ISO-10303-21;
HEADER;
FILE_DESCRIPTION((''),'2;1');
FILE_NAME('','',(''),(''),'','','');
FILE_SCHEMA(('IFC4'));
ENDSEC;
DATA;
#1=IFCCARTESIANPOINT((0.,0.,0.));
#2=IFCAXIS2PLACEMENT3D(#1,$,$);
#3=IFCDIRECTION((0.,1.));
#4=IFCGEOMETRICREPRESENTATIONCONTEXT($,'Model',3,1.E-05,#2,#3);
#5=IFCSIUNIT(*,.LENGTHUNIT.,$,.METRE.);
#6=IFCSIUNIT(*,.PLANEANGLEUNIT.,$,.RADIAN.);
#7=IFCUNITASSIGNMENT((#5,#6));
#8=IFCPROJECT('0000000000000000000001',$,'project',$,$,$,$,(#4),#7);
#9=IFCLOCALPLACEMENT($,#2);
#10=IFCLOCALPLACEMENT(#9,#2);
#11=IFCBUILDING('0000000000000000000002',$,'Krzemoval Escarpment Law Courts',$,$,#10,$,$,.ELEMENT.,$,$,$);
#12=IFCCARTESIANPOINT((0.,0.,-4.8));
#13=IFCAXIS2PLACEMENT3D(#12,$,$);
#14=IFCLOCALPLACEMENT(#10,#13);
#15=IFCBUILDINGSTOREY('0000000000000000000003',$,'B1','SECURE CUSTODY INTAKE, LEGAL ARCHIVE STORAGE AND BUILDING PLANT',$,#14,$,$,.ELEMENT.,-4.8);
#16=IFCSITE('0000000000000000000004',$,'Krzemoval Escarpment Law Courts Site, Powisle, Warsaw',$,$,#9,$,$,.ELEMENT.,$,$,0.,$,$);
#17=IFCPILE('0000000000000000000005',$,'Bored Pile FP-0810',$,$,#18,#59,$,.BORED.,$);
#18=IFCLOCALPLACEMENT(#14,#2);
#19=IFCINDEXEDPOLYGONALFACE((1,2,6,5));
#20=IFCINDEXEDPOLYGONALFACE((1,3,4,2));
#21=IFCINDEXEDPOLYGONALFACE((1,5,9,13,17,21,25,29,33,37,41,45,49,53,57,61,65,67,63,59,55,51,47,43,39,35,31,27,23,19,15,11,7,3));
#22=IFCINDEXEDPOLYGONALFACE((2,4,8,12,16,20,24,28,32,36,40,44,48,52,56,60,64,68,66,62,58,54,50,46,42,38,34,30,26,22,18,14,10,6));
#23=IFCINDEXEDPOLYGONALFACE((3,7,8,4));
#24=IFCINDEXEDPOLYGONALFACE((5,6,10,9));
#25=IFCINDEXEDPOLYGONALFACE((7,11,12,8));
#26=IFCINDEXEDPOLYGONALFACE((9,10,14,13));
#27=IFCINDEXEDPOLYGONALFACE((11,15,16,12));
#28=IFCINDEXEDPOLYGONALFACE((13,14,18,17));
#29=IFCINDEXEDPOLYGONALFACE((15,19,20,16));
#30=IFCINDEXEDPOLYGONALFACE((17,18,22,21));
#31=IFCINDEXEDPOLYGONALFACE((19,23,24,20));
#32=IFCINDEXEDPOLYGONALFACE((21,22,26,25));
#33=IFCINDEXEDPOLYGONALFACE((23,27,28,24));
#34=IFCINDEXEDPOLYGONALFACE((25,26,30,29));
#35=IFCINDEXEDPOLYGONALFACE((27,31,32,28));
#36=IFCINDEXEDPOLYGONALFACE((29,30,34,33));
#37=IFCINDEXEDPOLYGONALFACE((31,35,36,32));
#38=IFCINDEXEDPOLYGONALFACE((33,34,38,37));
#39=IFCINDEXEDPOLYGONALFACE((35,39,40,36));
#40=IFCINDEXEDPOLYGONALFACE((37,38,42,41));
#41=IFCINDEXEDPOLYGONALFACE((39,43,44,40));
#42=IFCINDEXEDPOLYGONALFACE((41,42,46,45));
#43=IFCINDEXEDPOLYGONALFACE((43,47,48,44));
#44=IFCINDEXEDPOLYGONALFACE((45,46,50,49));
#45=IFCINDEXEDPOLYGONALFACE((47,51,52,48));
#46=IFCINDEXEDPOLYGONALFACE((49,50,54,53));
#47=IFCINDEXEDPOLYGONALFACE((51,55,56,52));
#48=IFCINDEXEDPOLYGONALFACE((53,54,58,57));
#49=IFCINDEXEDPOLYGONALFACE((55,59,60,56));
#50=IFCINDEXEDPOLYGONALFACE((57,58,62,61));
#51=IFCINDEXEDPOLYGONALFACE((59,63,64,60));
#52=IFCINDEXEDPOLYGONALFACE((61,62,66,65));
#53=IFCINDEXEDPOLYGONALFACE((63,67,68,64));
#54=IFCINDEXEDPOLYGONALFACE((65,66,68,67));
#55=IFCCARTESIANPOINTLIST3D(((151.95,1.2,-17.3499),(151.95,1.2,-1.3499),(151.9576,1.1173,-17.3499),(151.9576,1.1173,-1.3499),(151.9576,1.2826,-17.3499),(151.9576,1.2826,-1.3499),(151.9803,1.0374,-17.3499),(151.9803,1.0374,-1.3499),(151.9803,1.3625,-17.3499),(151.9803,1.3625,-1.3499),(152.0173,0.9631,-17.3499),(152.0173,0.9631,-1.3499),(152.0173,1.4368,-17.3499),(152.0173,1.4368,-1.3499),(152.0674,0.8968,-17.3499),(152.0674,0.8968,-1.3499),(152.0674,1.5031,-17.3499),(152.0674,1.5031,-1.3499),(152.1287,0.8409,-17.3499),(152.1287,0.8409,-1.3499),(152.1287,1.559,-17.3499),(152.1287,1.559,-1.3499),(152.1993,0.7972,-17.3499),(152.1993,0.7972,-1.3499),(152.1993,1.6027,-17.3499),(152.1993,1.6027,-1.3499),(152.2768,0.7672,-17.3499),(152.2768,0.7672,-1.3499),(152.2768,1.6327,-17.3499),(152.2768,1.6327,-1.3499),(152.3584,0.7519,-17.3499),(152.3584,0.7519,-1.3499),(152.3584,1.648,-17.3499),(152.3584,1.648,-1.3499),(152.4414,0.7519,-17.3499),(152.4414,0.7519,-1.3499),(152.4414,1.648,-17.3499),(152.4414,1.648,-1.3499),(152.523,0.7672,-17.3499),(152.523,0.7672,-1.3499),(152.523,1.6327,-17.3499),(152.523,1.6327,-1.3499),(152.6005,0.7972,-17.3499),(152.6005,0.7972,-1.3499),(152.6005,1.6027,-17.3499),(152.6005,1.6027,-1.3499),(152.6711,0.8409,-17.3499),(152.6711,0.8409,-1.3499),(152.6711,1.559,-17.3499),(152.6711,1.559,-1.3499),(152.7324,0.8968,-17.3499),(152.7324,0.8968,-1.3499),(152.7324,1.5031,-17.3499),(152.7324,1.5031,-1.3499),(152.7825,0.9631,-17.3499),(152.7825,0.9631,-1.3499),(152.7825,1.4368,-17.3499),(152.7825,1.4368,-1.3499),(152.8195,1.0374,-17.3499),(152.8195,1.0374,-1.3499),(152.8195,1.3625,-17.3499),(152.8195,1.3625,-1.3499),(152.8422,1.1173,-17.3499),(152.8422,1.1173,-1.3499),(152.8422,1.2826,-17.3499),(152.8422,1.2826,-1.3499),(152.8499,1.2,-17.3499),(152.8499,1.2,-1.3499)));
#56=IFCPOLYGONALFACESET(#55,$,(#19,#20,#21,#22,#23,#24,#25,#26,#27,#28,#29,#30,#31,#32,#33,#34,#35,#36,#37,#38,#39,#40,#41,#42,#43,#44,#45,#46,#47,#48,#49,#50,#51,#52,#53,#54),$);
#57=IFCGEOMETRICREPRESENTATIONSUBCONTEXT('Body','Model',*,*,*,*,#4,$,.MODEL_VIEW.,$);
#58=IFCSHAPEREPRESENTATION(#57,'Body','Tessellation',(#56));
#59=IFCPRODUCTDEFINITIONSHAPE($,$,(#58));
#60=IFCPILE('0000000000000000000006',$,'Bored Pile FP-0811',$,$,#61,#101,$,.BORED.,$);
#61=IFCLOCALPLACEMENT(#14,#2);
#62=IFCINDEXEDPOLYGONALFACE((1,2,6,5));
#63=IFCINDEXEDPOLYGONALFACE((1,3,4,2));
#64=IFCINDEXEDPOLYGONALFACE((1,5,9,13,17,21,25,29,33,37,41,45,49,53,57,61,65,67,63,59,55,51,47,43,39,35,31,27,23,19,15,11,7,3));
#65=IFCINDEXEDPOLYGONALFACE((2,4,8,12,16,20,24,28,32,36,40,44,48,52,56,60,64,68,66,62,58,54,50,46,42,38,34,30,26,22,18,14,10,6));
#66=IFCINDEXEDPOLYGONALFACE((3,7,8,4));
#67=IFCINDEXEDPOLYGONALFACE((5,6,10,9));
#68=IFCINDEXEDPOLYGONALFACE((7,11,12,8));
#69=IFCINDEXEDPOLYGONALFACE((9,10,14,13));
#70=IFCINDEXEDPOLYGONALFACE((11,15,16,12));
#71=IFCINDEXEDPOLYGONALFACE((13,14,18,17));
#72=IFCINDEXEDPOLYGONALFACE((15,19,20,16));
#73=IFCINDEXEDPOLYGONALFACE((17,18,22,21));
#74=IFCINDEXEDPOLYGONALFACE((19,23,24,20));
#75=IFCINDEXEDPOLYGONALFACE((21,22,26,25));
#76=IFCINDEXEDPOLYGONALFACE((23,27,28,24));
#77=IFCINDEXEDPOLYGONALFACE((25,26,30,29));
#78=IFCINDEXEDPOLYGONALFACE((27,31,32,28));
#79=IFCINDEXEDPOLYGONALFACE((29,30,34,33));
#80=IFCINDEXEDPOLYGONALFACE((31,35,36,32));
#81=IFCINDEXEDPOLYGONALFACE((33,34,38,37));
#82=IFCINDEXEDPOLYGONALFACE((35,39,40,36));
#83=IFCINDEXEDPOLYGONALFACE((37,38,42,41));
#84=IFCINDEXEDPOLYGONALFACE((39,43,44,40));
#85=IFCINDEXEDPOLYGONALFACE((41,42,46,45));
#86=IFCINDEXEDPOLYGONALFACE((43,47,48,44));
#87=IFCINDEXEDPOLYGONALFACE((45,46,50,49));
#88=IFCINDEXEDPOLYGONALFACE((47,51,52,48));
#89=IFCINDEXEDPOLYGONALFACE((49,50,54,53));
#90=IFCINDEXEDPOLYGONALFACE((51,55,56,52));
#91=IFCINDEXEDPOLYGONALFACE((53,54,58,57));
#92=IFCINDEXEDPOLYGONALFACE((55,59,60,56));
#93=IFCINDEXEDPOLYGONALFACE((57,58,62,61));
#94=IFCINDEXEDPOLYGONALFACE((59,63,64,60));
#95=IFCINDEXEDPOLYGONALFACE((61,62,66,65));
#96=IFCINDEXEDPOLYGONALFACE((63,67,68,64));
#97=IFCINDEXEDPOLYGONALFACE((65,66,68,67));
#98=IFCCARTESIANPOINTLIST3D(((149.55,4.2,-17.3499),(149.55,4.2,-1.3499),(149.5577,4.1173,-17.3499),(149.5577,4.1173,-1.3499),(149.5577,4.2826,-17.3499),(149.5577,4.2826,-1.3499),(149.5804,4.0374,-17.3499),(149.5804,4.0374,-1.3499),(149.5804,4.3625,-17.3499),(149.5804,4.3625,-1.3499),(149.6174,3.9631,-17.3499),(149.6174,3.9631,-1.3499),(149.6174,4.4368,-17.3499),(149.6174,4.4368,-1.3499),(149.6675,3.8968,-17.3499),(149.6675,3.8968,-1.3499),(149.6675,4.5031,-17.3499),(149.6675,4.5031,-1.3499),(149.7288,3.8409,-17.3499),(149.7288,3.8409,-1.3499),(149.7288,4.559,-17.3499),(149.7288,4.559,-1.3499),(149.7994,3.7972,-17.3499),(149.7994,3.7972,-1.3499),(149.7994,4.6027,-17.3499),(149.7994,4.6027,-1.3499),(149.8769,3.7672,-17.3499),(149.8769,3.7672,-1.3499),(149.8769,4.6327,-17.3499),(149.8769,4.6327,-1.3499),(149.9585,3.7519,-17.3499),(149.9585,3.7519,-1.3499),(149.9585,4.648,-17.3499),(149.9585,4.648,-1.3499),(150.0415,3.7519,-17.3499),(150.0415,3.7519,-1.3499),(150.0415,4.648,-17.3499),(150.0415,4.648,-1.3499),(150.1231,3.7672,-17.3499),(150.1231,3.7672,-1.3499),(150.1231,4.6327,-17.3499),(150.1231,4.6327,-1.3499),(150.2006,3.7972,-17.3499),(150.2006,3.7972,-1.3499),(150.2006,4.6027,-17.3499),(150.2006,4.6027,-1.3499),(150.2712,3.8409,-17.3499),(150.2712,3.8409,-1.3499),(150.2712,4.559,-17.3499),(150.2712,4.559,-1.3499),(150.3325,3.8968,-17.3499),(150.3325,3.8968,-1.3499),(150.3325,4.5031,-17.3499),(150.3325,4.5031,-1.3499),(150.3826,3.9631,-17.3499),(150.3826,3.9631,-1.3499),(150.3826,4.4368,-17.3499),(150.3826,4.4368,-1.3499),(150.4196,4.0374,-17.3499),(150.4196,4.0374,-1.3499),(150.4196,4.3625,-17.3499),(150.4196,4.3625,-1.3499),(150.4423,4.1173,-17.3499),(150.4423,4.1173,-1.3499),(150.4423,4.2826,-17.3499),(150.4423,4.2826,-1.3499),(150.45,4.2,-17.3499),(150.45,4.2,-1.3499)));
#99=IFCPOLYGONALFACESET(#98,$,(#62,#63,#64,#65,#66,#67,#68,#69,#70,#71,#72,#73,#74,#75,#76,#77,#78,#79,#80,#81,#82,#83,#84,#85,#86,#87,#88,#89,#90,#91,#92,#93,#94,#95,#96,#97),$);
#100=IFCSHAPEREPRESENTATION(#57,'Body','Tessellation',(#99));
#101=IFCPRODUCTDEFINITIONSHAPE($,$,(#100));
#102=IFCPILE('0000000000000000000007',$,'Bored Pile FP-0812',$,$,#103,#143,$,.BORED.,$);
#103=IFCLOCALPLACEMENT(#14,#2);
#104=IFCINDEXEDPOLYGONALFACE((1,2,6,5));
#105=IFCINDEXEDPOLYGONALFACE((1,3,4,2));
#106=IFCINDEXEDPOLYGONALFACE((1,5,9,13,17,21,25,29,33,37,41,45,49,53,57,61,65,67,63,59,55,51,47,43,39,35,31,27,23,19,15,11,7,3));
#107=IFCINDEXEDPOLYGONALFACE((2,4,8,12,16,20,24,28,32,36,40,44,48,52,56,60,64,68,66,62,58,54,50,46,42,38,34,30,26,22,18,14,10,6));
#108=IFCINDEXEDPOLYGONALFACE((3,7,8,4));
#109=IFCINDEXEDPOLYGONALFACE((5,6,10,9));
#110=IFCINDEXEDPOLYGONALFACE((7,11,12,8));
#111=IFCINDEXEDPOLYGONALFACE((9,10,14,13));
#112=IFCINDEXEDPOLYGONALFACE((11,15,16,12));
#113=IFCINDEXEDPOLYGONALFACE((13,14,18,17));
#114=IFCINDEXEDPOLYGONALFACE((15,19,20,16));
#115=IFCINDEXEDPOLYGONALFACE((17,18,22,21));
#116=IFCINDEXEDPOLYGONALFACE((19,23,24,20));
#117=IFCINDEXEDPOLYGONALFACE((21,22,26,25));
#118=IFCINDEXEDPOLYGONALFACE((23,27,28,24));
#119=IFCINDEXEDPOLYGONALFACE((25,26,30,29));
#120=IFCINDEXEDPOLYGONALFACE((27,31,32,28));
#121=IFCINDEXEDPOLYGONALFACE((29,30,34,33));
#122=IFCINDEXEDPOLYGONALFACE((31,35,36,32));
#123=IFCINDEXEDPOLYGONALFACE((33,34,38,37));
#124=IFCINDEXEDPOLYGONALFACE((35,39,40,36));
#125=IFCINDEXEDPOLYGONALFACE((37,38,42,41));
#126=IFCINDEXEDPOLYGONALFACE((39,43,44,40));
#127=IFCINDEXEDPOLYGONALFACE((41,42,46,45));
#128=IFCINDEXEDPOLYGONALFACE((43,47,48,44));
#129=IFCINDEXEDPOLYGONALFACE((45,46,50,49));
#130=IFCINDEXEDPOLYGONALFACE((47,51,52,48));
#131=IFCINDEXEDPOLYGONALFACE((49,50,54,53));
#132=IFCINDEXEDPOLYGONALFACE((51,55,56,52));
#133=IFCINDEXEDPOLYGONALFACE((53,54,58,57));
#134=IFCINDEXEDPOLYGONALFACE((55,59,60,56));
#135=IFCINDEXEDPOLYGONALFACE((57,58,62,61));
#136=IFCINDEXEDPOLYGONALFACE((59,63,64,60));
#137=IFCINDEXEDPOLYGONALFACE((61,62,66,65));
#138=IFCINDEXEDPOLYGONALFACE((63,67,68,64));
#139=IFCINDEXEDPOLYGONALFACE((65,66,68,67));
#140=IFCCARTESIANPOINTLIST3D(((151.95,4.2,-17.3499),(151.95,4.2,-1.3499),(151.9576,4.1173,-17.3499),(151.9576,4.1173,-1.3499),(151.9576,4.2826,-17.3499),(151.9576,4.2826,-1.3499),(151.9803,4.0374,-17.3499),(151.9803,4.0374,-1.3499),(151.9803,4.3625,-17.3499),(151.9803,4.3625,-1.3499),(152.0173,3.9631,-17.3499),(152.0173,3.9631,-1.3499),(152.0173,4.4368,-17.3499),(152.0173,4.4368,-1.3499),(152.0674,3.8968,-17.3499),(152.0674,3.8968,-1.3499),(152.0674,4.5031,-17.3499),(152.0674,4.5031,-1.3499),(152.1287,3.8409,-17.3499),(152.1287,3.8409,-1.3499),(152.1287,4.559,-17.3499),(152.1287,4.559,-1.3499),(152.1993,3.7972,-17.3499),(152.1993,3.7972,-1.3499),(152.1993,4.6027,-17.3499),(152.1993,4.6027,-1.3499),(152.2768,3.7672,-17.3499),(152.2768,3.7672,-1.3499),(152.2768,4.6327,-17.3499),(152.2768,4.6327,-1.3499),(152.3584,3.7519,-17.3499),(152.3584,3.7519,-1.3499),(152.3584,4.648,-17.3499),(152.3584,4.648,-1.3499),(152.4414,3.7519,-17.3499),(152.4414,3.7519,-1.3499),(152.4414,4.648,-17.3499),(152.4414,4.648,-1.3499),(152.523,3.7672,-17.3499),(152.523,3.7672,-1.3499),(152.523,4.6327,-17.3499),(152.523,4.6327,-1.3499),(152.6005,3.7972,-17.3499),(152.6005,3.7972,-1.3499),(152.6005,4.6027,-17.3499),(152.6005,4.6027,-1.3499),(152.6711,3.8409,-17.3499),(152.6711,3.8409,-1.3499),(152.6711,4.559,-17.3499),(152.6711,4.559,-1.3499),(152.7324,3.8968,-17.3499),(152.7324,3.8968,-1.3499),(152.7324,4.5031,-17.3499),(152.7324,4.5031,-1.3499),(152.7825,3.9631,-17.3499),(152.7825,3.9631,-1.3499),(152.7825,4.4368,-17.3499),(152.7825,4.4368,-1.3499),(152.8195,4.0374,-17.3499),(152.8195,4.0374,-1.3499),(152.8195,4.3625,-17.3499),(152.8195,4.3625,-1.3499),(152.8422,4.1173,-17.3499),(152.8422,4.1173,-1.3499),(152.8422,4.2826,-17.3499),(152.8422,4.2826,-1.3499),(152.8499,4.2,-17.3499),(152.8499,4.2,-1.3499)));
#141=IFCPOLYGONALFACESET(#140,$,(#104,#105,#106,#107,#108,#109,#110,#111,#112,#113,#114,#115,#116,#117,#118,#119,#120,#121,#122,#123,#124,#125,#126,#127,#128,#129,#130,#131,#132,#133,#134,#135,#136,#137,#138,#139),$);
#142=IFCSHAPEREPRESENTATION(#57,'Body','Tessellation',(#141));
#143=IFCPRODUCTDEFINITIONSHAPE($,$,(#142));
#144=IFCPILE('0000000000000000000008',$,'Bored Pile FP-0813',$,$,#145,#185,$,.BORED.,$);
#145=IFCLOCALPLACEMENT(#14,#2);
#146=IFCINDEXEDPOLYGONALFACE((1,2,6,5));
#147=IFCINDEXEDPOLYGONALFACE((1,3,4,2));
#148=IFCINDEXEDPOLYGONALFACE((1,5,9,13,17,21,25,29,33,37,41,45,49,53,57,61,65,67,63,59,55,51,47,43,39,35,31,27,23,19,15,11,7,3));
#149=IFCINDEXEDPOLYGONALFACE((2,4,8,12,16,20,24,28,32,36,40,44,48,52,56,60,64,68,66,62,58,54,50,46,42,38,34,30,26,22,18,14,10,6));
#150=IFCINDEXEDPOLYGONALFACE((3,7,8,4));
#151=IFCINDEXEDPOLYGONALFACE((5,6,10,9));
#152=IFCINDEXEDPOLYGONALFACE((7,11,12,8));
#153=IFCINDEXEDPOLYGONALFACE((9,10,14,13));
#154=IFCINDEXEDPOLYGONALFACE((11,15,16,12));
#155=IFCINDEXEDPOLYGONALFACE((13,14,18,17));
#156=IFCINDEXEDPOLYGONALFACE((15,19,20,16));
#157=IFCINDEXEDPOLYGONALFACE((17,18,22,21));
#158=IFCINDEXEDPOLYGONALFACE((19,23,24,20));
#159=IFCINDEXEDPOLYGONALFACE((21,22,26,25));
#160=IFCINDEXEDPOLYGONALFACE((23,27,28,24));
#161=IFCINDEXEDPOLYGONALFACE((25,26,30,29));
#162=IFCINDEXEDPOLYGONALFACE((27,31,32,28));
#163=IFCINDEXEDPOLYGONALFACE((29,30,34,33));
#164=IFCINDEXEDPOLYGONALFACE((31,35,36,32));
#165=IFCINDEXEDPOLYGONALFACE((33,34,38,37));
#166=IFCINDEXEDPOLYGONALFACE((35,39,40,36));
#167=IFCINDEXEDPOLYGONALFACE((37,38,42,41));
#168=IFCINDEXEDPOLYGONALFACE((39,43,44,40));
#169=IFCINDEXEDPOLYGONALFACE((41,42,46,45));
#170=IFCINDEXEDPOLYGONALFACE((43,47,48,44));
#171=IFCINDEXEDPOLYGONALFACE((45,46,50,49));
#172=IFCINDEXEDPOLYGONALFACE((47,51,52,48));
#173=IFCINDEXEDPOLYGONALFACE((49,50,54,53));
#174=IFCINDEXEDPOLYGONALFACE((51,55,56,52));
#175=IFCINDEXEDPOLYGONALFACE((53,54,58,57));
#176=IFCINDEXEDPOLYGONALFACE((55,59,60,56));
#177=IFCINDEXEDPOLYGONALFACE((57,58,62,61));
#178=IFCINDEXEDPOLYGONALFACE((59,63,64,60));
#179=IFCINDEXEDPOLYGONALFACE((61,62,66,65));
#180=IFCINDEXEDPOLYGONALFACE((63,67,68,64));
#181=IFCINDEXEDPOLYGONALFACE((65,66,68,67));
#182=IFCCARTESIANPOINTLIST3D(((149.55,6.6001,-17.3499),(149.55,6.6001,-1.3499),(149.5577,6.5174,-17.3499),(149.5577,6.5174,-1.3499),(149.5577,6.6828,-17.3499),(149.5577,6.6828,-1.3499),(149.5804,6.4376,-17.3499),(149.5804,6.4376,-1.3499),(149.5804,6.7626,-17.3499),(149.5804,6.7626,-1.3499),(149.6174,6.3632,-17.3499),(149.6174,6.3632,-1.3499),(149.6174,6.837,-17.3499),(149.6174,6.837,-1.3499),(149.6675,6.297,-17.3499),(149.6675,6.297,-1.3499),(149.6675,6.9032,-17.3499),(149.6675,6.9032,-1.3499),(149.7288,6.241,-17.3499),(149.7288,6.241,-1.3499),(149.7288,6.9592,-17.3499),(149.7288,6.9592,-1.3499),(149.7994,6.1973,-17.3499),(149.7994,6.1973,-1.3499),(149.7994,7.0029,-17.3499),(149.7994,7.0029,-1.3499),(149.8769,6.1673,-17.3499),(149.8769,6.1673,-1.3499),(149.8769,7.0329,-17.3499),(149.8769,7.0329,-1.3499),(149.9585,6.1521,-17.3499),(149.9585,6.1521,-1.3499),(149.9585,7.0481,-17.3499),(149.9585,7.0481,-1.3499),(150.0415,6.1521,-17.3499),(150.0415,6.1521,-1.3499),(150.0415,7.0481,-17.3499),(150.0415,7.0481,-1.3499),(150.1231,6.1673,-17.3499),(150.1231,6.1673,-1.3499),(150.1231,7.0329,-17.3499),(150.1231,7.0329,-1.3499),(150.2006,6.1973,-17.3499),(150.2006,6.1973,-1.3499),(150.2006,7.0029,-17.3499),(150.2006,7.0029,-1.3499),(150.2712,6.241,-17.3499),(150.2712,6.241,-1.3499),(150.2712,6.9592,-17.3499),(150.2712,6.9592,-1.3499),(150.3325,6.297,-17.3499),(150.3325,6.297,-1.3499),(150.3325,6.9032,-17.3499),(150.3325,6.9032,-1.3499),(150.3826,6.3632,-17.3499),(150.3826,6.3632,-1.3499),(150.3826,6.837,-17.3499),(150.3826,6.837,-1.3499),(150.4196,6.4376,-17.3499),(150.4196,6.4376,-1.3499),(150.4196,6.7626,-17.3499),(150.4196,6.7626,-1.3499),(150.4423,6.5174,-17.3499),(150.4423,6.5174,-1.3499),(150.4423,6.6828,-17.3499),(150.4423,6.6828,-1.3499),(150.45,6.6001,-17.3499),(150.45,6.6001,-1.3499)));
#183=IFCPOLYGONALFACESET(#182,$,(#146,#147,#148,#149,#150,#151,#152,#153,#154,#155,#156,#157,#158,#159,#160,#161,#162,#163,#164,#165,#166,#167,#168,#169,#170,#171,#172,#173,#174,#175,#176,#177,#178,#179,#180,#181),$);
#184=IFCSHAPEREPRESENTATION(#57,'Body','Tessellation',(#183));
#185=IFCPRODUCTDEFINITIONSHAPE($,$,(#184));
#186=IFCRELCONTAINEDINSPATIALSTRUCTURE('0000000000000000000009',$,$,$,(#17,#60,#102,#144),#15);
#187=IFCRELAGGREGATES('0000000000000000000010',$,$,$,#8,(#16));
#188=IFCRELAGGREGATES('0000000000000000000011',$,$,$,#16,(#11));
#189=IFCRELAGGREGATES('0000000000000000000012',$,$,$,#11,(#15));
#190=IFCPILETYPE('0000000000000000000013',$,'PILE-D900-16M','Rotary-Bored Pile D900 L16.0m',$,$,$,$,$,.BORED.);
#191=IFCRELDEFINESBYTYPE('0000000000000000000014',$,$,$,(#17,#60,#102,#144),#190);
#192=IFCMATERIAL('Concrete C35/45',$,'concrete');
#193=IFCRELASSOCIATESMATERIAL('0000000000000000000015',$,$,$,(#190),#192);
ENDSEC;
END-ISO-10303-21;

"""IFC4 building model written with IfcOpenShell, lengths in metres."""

from ifc_helpers import new_model, si_unit, direction, frame, origin, origin_2d, place, context, subcontext, project, spatial, circle, extrude, material, material_profile, profile_set, type_object, element, save


model = new_model("IFC4")

# Units and contexts
model_context = context("Model", 3, precision=1e-05, world=origin(), true_north=direction((0.0, 1.0)))
body_context = subcontext(model_context, "Body", "Model", "MODEL_VIEW")
ifc_project = project(units=[si_unit("LENGTHUNIT", "METRE"), si_unit("PLANEANGLEUNIT", "RADIAN")], contexts=[model_context])

# Site, building, storey
site_placement = place(None, origin())
site = spatial("IfcSite", under=ifc_project, at=site_placement, Name="Krzemoval Escarpment Law Courts Site, Powisle, Warsaw", CompositionType="ELEMENT", RefElevation=0.0)
building_placement = place(site_placement, origin())
building = spatial("IfcBuilding", under=site, at=building_placement, Name="Krzemoval Escarpment Law Courts", CompositionType="ELEMENT")
storey_placement = place(building_placement, frame((0.0, 0.0, -4.8)))
storey = spatial("IfcBuildingStorey", under=building, at=storey_placement, Name="B1", Description="SECURE CUSTODY INTAKE, LEGAL ARCHIVE STORAGE AND BUILDING PLANT", CompositionType="ELEMENT", Elevation=-4.8)

# Piles
ifc_material_1 = material(Name="Concrete C35/45", Category="concrete")
ifc_material_profile_1 = material_profile(ifc_material_1, circle(Radius=0.45, at=origin_2d()), Name="PILE D900")
ifc_profile_set_1 = profile_set([ifc_material_profile_1], Name="Concrete C35/45")
pile_type = type_object("IfcPileType", Name="PILE-D900-16M", Description="Rotary-Bored Pile D900 L16.0m", PredefinedType="BORED", material=ifc_profile_set_1)
for number, where, z_axis, x_axis, name in (
    (1, (152.3999, 1.2, -1.3499), (0.0, 0.0, -1.0), (1.0, 0.0, 0.0), "Bored Pile FP-0810"),
    (2, (150.0, 4.2, -1.3499), (0.0, 0.0, -1.0), (1.0, 0.0, 0.0), "Bored Pile FP-0811"),
    (3, (152.3999, 4.2, -1.3499), (0.0, 0.0, -1.0), (1.0, 0.0, 0.0), "Bored Pile FP-0812"),
    (4, (150.0, 6.6001, -1.3499), (0.0, 0.0, -1.0), (1.0, 0.0, 0.0), "Bored Pile FP-0813"),
):
    element("IfcPile", number, at=place(storey_placement, frame(where, z_axis=z_axis, x_axis=x_axis)), inside=storey, type_object=pile_type, Name=name, PredefinedType="BORED", context=body_context, shape_type="SweptSolid", body=[
        extrude(circle(Radius=0.45, at=origin_2d()), origin(), (0.0, 0.0, 1.0), 16.0),
    ])

save(model, "model.ifc")
